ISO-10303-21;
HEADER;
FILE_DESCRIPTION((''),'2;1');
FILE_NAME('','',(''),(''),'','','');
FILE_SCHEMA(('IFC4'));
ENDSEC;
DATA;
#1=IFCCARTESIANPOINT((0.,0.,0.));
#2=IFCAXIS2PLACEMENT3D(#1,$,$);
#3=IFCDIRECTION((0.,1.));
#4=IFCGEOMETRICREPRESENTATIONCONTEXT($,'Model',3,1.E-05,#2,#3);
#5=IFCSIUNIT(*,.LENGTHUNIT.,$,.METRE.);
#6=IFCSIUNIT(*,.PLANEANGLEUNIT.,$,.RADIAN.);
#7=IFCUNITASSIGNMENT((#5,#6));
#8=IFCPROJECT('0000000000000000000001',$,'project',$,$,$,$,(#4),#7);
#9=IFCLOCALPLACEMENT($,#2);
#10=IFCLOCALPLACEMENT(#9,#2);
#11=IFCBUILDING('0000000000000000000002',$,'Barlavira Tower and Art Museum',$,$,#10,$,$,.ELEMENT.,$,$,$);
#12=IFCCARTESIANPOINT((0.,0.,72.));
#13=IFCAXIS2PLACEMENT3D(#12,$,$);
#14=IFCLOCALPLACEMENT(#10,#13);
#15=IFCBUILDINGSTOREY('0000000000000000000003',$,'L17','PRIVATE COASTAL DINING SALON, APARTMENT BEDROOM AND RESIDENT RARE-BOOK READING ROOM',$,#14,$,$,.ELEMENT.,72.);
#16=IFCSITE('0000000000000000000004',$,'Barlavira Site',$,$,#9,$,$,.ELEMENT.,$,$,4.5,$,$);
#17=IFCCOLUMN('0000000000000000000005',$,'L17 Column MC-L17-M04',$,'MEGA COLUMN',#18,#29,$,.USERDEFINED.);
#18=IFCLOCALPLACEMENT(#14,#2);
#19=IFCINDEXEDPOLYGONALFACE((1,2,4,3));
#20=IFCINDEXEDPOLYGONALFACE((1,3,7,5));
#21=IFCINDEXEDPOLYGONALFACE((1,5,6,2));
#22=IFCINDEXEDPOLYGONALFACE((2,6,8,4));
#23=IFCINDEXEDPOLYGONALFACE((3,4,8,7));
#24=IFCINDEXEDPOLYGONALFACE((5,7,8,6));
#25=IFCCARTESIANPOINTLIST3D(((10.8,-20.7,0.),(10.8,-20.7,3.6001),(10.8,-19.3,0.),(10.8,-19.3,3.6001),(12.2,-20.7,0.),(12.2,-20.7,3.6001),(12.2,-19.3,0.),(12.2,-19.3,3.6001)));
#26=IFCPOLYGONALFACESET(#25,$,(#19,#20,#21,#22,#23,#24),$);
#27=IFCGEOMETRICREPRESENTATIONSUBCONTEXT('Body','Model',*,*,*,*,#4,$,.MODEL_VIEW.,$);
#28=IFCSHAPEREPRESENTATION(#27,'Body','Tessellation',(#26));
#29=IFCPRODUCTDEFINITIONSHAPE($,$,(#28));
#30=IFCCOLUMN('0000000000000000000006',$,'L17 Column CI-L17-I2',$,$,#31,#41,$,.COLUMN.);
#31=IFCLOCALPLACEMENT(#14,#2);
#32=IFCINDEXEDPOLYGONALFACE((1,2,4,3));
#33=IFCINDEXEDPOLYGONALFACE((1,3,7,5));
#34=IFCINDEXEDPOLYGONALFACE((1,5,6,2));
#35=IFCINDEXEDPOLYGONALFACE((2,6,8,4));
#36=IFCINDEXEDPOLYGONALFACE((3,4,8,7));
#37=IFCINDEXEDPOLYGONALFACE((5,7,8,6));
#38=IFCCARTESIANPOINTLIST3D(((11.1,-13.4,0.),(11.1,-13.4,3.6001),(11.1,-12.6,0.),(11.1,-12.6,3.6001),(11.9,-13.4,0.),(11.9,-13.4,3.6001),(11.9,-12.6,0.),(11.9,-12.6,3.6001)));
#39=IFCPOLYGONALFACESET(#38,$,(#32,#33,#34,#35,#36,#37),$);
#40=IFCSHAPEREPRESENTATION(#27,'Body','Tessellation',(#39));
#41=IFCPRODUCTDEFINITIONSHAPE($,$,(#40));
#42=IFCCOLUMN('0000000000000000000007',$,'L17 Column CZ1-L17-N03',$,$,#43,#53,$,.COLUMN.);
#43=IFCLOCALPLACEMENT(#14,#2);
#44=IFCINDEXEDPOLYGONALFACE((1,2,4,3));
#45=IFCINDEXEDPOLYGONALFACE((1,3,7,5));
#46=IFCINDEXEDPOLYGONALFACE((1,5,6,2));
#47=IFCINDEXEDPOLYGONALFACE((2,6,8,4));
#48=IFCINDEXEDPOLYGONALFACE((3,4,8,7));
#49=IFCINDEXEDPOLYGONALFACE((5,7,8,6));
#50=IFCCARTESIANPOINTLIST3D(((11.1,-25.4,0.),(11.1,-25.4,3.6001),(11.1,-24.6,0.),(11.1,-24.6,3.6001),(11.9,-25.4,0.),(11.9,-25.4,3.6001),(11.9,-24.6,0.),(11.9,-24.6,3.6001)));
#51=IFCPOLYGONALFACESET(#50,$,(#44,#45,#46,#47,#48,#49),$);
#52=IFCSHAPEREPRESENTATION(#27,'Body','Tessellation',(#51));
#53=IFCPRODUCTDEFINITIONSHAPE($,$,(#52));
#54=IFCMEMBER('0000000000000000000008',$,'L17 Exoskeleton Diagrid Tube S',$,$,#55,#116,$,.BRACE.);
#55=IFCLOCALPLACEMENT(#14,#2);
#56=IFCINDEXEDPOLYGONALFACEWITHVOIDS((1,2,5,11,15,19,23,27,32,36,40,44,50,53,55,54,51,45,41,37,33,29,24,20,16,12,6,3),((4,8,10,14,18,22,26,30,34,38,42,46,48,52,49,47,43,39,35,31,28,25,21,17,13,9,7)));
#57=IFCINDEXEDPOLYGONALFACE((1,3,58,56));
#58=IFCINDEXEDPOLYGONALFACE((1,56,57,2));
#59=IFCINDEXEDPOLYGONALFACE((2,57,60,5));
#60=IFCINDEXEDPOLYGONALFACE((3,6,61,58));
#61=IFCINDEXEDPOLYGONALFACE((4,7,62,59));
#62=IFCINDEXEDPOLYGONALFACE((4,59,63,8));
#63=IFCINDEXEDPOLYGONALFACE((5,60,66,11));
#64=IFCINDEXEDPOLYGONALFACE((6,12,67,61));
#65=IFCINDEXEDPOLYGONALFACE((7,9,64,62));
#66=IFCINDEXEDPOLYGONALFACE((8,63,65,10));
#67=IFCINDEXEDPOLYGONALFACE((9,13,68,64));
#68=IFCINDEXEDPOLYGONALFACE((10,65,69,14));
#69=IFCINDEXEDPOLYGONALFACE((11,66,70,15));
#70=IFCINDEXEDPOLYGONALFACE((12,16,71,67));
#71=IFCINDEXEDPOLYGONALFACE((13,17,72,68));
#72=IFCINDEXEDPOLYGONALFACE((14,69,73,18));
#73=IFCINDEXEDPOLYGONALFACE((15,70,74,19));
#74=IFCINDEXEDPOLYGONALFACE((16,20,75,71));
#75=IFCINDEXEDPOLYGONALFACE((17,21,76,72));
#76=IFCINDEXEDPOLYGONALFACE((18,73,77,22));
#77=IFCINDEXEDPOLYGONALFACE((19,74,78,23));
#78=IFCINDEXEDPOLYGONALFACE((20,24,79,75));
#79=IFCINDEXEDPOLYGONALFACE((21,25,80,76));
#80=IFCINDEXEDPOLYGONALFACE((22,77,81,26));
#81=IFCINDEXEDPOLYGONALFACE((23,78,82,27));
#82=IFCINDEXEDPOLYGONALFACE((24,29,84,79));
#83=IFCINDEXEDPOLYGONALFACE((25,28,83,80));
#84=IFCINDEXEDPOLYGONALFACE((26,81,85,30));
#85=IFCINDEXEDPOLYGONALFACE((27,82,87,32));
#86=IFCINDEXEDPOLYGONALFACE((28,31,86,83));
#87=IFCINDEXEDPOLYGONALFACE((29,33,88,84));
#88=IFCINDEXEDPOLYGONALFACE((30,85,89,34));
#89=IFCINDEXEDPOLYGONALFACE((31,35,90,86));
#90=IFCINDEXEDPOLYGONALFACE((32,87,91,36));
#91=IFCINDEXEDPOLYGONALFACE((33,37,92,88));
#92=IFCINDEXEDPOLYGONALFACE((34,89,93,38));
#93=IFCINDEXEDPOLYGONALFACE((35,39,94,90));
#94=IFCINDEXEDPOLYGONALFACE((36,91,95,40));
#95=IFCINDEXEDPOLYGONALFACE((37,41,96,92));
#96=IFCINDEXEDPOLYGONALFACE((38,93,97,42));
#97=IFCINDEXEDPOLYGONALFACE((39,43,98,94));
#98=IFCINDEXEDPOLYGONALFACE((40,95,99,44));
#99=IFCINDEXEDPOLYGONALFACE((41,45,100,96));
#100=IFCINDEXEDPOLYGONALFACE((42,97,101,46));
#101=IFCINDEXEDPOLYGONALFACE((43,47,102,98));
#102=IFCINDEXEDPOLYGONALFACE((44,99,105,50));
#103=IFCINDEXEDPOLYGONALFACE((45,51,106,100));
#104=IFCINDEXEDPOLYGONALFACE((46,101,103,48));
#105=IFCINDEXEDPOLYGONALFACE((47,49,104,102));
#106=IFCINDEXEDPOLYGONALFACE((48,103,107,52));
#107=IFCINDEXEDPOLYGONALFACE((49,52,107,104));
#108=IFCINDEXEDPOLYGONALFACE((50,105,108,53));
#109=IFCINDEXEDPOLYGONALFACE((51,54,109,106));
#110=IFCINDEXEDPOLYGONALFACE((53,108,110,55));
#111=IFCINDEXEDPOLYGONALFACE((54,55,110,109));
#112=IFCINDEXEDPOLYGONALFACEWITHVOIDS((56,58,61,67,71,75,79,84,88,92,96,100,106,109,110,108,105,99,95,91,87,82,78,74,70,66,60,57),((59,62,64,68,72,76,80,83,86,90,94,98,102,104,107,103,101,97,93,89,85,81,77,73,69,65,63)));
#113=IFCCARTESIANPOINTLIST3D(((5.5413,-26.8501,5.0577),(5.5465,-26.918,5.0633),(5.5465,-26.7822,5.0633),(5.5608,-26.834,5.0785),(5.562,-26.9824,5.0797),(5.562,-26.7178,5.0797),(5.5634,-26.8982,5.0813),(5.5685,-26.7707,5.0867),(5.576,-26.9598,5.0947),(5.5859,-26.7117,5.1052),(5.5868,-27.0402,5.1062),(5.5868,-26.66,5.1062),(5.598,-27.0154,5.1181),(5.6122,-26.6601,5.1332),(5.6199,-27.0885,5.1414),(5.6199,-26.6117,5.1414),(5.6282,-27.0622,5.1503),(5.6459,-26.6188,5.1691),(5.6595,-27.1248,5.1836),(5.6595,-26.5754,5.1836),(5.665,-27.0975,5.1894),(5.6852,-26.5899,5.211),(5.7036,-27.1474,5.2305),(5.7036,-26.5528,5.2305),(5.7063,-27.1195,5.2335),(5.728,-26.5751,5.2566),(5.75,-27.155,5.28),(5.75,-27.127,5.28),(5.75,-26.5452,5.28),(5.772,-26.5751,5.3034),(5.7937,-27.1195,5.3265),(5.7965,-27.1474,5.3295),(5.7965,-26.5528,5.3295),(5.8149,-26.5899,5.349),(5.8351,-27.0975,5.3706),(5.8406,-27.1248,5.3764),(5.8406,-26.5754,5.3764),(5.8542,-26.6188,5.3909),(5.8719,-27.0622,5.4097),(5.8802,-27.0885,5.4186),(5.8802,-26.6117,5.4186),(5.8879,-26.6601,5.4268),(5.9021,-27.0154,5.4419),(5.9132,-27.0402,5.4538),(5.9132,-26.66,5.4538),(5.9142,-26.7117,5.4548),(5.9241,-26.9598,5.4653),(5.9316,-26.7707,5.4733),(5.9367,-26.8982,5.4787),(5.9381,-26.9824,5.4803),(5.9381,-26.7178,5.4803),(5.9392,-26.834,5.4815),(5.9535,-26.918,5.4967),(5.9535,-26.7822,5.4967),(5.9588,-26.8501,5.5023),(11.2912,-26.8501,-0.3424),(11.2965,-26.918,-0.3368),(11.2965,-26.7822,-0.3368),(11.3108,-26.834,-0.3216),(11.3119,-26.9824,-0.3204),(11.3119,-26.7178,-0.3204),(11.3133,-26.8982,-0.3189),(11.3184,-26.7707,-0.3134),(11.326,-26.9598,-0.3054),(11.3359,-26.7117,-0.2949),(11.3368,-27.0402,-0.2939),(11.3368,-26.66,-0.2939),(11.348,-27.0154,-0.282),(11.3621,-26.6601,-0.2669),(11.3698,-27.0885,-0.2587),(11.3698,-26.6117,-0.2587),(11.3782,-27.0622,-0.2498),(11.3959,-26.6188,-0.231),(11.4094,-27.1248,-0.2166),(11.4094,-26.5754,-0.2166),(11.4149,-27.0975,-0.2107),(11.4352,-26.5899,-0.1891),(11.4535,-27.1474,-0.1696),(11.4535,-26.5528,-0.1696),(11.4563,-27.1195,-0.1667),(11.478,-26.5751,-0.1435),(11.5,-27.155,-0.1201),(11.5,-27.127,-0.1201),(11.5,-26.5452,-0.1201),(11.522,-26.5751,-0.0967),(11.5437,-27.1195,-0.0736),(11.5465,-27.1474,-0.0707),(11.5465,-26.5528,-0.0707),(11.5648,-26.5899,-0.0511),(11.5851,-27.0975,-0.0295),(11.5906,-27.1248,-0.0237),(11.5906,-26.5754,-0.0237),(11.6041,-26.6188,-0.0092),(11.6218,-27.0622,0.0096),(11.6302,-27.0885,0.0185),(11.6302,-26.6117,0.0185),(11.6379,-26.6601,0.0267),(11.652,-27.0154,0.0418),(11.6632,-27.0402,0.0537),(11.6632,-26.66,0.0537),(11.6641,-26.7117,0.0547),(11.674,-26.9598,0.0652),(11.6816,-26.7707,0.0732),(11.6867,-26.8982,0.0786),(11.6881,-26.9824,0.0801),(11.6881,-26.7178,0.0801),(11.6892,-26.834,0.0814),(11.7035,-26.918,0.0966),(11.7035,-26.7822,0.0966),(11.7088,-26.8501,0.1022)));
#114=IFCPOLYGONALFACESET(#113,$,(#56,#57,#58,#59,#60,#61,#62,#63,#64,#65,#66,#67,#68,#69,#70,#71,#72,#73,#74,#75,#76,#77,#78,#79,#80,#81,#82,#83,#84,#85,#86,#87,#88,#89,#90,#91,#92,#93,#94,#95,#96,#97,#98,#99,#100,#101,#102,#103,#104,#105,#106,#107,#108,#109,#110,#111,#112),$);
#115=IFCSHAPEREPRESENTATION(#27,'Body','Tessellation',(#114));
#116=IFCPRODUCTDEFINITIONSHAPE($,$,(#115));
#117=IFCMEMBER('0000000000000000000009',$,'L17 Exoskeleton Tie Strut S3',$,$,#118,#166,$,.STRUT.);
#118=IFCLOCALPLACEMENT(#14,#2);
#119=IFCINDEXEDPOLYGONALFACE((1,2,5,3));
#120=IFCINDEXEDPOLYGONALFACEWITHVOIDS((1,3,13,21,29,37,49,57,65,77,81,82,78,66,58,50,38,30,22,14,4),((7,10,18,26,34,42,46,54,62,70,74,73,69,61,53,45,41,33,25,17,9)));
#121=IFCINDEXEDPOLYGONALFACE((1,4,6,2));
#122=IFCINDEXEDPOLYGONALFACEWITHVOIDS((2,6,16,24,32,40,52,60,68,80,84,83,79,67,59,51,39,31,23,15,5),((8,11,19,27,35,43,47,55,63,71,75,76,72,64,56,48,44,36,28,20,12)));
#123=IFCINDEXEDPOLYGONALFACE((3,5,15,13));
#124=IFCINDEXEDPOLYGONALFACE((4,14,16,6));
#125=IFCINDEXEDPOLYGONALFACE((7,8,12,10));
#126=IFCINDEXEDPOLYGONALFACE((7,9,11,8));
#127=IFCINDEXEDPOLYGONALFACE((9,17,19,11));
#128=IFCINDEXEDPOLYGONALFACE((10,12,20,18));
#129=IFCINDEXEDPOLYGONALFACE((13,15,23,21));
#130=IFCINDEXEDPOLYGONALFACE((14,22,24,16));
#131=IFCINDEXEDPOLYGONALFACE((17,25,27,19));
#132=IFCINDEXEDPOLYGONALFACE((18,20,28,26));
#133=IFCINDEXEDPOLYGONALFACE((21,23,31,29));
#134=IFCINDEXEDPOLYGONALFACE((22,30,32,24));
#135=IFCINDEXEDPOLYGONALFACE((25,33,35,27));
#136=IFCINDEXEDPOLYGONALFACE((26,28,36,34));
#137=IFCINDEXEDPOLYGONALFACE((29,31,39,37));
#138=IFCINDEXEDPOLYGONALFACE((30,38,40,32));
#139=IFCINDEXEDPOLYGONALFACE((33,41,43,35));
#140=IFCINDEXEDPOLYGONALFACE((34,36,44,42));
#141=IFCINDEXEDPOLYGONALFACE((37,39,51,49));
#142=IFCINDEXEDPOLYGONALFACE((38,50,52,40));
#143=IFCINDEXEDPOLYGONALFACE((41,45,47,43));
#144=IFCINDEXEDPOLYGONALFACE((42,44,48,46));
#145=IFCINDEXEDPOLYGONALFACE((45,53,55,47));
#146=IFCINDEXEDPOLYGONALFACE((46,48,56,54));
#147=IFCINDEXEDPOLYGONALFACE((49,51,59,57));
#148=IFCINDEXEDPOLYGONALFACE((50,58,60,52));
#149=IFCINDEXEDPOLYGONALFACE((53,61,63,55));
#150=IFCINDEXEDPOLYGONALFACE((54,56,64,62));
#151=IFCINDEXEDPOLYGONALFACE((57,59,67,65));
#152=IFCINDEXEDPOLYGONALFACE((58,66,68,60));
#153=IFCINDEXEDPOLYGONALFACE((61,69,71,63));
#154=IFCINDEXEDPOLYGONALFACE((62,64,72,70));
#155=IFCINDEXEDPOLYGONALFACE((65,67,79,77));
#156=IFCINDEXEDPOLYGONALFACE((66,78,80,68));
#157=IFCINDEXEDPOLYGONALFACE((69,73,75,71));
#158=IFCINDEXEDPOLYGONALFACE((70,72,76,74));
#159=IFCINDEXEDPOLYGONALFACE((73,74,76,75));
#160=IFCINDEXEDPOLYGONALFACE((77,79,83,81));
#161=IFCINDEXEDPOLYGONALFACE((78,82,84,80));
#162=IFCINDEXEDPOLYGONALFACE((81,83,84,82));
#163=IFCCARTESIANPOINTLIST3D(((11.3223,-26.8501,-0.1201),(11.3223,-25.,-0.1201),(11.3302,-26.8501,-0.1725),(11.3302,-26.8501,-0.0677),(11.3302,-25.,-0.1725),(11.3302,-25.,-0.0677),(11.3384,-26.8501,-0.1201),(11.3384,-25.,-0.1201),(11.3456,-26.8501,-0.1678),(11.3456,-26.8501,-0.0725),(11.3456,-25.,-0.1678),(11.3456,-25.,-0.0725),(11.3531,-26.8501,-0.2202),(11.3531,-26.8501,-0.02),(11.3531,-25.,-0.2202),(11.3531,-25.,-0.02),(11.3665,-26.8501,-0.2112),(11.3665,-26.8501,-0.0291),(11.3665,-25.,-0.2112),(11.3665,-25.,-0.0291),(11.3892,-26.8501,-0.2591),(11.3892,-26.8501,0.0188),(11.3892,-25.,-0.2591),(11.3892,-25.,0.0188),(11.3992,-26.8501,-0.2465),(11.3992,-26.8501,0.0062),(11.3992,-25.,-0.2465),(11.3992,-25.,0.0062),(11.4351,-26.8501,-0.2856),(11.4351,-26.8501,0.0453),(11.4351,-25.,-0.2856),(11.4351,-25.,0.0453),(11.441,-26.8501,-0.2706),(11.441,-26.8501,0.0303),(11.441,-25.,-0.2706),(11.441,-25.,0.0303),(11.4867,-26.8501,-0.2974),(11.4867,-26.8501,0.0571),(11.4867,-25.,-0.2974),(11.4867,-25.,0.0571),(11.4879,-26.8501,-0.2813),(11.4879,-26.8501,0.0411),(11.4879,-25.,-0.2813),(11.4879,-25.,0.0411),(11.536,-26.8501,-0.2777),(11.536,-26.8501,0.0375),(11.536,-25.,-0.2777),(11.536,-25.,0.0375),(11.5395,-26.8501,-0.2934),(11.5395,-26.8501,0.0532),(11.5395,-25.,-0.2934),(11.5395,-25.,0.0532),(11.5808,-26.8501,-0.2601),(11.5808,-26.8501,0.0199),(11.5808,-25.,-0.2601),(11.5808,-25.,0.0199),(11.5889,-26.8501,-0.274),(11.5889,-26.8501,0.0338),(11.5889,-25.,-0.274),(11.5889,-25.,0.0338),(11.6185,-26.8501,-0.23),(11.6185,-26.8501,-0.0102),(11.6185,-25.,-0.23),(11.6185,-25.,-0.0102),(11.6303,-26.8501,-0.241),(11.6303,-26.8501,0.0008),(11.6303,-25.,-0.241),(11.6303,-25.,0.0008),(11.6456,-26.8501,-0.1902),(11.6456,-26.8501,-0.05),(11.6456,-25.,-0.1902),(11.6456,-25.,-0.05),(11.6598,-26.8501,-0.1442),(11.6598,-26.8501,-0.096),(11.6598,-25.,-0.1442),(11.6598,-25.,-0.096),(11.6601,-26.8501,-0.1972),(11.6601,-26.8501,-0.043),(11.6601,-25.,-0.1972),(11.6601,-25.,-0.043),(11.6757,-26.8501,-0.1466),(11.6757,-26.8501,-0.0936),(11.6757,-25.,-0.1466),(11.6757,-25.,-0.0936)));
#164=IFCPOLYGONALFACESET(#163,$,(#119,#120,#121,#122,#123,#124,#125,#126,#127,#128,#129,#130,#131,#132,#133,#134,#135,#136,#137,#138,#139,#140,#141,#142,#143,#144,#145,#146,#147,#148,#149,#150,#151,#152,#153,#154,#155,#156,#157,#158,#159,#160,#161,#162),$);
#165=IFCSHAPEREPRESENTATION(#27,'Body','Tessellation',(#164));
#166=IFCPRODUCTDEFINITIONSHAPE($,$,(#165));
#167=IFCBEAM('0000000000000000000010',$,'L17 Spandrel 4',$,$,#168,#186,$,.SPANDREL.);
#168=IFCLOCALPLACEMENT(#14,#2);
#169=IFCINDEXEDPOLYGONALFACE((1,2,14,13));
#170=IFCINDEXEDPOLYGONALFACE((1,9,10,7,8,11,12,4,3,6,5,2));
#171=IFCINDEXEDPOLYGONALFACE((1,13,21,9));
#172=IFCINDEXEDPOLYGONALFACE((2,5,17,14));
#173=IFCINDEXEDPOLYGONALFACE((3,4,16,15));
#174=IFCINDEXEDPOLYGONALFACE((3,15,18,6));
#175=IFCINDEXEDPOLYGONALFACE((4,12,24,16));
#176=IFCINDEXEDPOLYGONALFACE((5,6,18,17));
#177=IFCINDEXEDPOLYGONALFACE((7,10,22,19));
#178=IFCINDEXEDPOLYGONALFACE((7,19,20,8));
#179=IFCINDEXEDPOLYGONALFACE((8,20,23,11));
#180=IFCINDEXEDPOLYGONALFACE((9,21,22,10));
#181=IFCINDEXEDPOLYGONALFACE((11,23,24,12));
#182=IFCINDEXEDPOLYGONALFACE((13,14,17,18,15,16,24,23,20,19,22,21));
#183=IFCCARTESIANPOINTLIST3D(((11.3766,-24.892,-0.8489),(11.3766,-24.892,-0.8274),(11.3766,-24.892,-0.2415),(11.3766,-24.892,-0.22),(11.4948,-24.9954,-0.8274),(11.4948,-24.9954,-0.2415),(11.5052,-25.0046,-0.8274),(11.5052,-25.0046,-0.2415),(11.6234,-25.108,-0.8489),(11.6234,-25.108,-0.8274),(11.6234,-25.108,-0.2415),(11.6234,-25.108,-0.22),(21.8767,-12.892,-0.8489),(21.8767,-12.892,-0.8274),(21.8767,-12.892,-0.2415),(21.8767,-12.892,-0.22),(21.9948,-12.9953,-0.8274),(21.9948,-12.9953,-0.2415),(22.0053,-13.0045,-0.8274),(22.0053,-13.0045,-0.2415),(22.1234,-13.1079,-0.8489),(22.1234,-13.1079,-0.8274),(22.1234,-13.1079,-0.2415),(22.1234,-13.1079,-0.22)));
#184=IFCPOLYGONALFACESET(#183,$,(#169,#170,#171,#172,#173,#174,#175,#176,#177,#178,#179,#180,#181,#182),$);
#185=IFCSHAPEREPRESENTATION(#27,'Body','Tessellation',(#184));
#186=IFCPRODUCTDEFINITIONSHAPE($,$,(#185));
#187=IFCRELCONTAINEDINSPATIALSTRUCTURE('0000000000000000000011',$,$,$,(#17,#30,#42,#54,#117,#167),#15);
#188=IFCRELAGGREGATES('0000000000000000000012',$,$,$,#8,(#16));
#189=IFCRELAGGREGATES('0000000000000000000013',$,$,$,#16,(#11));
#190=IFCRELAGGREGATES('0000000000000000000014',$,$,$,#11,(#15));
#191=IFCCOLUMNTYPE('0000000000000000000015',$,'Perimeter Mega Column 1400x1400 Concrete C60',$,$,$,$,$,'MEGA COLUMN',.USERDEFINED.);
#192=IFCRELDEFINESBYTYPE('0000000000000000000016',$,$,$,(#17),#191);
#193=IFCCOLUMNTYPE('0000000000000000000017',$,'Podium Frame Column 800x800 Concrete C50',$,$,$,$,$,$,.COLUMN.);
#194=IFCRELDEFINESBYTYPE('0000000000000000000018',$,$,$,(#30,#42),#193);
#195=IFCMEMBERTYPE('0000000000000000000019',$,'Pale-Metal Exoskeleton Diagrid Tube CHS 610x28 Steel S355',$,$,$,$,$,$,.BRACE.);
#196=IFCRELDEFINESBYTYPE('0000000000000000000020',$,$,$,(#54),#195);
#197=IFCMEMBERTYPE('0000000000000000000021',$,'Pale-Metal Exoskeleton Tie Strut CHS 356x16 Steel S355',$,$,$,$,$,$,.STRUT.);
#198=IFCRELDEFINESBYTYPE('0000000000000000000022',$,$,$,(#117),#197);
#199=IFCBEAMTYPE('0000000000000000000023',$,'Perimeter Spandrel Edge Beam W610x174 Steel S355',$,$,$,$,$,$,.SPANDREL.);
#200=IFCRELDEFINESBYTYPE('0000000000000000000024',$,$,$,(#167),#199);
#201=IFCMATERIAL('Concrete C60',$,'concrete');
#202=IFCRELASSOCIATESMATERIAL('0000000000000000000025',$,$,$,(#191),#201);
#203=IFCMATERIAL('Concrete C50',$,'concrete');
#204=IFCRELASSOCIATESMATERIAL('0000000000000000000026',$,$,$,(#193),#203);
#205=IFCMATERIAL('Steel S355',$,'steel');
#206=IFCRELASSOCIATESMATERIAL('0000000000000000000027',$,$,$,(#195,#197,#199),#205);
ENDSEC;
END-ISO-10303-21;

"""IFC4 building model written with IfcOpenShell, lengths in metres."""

from ifc_helpers import new_model, si_unit, direction, frame, origin, origin_2d, place, context, subcontext, project, spatial, rectangle, hollow_circle, i_section, extrude, material, material_profile, profile_set, type_object, element, save


model = new_model("IFC4")

# Units and contexts
model_context = context("Model", 3, precision=1e-05, world=origin(), true_north=direction((0.0, 1.0)))
body_context = subcontext(model_context, "Body", "Model", "MODEL_VIEW")
ifc_project = project(units=[si_unit("LENGTHUNIT", "METRE"), si_unit("PLANEANGLEUNIT", "RADIAN")], contexts=[model_context])

# Site, building, storey
site_placement = place(None, origin())
site = spatial("IfcSite", under=ifc_project, at=site_placement, Name="Barlavira Site", CompositionType="ELEMENT", RefElevation=4.5)
building_placement = place(site_placement, origin())
building = spatial("IfcBuilding", under=site, at=building_placement, Name="Barlavira Tower and Art Museum", CompositionType="ELEMENT")
storey_placement = place(building_placement, frame((0.0, 0.0, 72.0)))
storey = spatial("IfcBuildingStorey", under=building, at=storey_placement, Name="L17", Description="PRIVATE COASTAL DINING SALON, APARTMENT BEDROOM AND RESIDENT RARE-BOOK READING ROOM", CompositionType="ELEMENT", Elevation=72.0)

# Columns
ifc_material_1 = material(Name="Concrete C60", Category="concrete")
ifc_material_profile_1 = material_profile(ifc_material_1, rectangle(XDim=1.3999, YDim=1.3999, at=origin_2d()), Name="RC-MCOL 1400x1400")
ifc_profile_set_1 = profile_set([ifc_material_profile_1], Name="Concrete C60")
column_type_1 = type_object("IfcColumnType", Name="Perimeter Mega Column 1400x1400 Concrete C60", ElementType="MEGA COLUMN", PredefinedType="USERDEFINED", material=ifc_profile_set_1)
column_placement = place(storey_placement, frame((11.5, -20.0, 0.0), z_axis=(0.0, 0.0, 1.0), x_axis=(1.0, 0.0, 0.0)))
element("IfcColumn", 1, at=column_placement, inside=storey, type_object=column_type_1, Name="L17 Column MC-L17-M04", ObjectType="MEGA COLUMN", PredefinedType="USERDEFINED", context=body_context, shape_type="SweptSolid", body=[
    extrude(rectangle(XDim=1.3999, YDim=1.3999, at=origin_2d()), origin(), (0.0, 0.0, 1.0), 3.6001),
])
ifc_material_2 = material(Name="Concrete C50", Category="concrete")
ifc_material_profile_2 = material_profile(ifc_material_2, rectangle(XDim=0.8, YDim=0.8, at=origin_2d()), Name="RC-COL 800x800")
ifc_profile_set_2 = profile_set([ifc_material_profile_2], Name="Concrete C50")
column_type_2 = type_object("IfcColumnType", Name="Podium Frame Column 800x800 Concrete C50", PredefinedType="COLUMN", material=ifc_profile_set_2)
for number, where, z_axis, x_axis, name in (
    (2, (11.5, -13.0, 0.0), (0.0, 0.0, 1.0), (1.0, 0.0, 0.0), "L17 Column CI-L17-I2"),
    (3, (11.5, -25.0, 0.0), (0.0, 0.0, 1.0), (1.0, 0.0, 0.0), "L17 Column CZ1-L17-N03"),
):
    element("IfcColumn", number, at=place(storey_placement, frame(where, z_axis=z_axis, x_axis=x_axis)), inside=storey, type_object=column_type_2, Name=name, PredefinedType="COLUMN", context=body_context, shape_type="SweptSolid", body=[
        extrude(rectangle(XDim=0.8, YDim=0.8, at=origin_2d()), origin(), (0.0, 0.0, 1.0), 3.6001),
    ])

# Members
ifc_material_3 = material(Name="Steel S355", Category="steel")
ifc_material_profile_3 = material_profile(ifc_material_3, hollow_circle(Radius=0.3049, WallThickness=0.0281, at=origin_2d()), Name="CHS 610.0x28.0")
ifc_profile_set_3 = profile_set([ifc_material_profile_3], Name="Steel S355")
member_type_1 = type_object("IfcMemberType", Name="Pale-Metal Exoskeleton Diagrid Tube CHS 610x28 Steel S355", PredefinedType="BRACE", material=ifc_profile_set_3)
member_1_placement = place(storey_placement, frame((11.5, -26.8501, -0.1201), z_axis=(-0.728935, 0.0, 0.684583), x_axis=(0.0, -1.0, 0.0)))
element("IfcMember", 4, at=member_1_placement, inside=storey, type_object=member_type_1, Name="L17 Exoskeleton Diagrid Tube S", PredefinedType="BRACE", context=body_context, shape_type="SweptSolid", body=[
    extrude(hollow_circle(Radius=0.3049, WallThickness=0.0281, at=origin_2d()), origin(), (0.0, 0.0, 1.0), 7.8882),
])
ifc_material_profile_4 = material_profile(ifc_material_3, hollow_circle(Radius=0.1777, WallThickness=0.0161, at=origin_2d()), Name="CHS 355.6x16.0")
ifc_profile_set_4 = profile_set([ifc_material_profile_4], Name="Steel S355")
member_type_2 = type_object("IfcMemberType", Name="Pale-Metal Exoskeleton Tie Strut CHS 356x16 Steel S355", PredefinedType="STRUT", material=ifc_profile_set_4)
member_2_placement = place(storey_placement, frame((11.5, -26.8501, -0.1201), z_axis=(0.0, 1.0, 0.0), x_axis=(-1.0, 0.0, 0.0)))
element("IfcMember", 5, at=member_2_placement, inside=storey, type_object=member_type_2, Name="L17 Exoskeleton Tie Strut S3", PredefinedType="STRUT", context=body_context, shape_type="SweptSolid", body=[
    extrude(hollow_circle(Radius=0.1777, WallThickness=0.0161, at=origin_2d()), origin(), (0.0, 0.0, 1.0), 1.8501),
])

# Beam
ifc_material_profile_5 = material_profile(ifc_material_3, i_section(OverallWidth=0.3279, OverallDepth=0.6289, WebThickness=0.0139, FlangeThickness=0.0215, at=origin_2d()), Name="W610x174.0")
ifc_profile_set_5 = profile_set([ifc_material_profile_5], Name="Steel S355")
beam_type_1 = type_object("IfcBeamType", Name="Perimeter Spandrel Edge Beam W610x174 Steel S355", PredefinedType="SPANDREL", material=ifc_profile_set_5)
beam_1_placement = place(storey_placement, frame((11.5, -25.0, -0.5344), z_axis=(0.658505, 0.752577, 0.0), x_axis=(-0.752577, 0.658505, 0.0)))
element("IfcBeam", 6, at=beam_1_placement, inside=storey, type_object=beam_type_1, Name="L17 Spandrel 4", PredefinedType="SPANDREL", context=body_context, shape_type="SweptSolid", body=[
    extrude(i_section(OverallWidth=0.3279, OverallDepth=0.6289, WebThickness=0.0139, FlangeThickness=0.0215, at=origin_2d()), origin(), (0.0, 0.0, 1.0), 15.9453),
])

save(model, "model.ifc")
